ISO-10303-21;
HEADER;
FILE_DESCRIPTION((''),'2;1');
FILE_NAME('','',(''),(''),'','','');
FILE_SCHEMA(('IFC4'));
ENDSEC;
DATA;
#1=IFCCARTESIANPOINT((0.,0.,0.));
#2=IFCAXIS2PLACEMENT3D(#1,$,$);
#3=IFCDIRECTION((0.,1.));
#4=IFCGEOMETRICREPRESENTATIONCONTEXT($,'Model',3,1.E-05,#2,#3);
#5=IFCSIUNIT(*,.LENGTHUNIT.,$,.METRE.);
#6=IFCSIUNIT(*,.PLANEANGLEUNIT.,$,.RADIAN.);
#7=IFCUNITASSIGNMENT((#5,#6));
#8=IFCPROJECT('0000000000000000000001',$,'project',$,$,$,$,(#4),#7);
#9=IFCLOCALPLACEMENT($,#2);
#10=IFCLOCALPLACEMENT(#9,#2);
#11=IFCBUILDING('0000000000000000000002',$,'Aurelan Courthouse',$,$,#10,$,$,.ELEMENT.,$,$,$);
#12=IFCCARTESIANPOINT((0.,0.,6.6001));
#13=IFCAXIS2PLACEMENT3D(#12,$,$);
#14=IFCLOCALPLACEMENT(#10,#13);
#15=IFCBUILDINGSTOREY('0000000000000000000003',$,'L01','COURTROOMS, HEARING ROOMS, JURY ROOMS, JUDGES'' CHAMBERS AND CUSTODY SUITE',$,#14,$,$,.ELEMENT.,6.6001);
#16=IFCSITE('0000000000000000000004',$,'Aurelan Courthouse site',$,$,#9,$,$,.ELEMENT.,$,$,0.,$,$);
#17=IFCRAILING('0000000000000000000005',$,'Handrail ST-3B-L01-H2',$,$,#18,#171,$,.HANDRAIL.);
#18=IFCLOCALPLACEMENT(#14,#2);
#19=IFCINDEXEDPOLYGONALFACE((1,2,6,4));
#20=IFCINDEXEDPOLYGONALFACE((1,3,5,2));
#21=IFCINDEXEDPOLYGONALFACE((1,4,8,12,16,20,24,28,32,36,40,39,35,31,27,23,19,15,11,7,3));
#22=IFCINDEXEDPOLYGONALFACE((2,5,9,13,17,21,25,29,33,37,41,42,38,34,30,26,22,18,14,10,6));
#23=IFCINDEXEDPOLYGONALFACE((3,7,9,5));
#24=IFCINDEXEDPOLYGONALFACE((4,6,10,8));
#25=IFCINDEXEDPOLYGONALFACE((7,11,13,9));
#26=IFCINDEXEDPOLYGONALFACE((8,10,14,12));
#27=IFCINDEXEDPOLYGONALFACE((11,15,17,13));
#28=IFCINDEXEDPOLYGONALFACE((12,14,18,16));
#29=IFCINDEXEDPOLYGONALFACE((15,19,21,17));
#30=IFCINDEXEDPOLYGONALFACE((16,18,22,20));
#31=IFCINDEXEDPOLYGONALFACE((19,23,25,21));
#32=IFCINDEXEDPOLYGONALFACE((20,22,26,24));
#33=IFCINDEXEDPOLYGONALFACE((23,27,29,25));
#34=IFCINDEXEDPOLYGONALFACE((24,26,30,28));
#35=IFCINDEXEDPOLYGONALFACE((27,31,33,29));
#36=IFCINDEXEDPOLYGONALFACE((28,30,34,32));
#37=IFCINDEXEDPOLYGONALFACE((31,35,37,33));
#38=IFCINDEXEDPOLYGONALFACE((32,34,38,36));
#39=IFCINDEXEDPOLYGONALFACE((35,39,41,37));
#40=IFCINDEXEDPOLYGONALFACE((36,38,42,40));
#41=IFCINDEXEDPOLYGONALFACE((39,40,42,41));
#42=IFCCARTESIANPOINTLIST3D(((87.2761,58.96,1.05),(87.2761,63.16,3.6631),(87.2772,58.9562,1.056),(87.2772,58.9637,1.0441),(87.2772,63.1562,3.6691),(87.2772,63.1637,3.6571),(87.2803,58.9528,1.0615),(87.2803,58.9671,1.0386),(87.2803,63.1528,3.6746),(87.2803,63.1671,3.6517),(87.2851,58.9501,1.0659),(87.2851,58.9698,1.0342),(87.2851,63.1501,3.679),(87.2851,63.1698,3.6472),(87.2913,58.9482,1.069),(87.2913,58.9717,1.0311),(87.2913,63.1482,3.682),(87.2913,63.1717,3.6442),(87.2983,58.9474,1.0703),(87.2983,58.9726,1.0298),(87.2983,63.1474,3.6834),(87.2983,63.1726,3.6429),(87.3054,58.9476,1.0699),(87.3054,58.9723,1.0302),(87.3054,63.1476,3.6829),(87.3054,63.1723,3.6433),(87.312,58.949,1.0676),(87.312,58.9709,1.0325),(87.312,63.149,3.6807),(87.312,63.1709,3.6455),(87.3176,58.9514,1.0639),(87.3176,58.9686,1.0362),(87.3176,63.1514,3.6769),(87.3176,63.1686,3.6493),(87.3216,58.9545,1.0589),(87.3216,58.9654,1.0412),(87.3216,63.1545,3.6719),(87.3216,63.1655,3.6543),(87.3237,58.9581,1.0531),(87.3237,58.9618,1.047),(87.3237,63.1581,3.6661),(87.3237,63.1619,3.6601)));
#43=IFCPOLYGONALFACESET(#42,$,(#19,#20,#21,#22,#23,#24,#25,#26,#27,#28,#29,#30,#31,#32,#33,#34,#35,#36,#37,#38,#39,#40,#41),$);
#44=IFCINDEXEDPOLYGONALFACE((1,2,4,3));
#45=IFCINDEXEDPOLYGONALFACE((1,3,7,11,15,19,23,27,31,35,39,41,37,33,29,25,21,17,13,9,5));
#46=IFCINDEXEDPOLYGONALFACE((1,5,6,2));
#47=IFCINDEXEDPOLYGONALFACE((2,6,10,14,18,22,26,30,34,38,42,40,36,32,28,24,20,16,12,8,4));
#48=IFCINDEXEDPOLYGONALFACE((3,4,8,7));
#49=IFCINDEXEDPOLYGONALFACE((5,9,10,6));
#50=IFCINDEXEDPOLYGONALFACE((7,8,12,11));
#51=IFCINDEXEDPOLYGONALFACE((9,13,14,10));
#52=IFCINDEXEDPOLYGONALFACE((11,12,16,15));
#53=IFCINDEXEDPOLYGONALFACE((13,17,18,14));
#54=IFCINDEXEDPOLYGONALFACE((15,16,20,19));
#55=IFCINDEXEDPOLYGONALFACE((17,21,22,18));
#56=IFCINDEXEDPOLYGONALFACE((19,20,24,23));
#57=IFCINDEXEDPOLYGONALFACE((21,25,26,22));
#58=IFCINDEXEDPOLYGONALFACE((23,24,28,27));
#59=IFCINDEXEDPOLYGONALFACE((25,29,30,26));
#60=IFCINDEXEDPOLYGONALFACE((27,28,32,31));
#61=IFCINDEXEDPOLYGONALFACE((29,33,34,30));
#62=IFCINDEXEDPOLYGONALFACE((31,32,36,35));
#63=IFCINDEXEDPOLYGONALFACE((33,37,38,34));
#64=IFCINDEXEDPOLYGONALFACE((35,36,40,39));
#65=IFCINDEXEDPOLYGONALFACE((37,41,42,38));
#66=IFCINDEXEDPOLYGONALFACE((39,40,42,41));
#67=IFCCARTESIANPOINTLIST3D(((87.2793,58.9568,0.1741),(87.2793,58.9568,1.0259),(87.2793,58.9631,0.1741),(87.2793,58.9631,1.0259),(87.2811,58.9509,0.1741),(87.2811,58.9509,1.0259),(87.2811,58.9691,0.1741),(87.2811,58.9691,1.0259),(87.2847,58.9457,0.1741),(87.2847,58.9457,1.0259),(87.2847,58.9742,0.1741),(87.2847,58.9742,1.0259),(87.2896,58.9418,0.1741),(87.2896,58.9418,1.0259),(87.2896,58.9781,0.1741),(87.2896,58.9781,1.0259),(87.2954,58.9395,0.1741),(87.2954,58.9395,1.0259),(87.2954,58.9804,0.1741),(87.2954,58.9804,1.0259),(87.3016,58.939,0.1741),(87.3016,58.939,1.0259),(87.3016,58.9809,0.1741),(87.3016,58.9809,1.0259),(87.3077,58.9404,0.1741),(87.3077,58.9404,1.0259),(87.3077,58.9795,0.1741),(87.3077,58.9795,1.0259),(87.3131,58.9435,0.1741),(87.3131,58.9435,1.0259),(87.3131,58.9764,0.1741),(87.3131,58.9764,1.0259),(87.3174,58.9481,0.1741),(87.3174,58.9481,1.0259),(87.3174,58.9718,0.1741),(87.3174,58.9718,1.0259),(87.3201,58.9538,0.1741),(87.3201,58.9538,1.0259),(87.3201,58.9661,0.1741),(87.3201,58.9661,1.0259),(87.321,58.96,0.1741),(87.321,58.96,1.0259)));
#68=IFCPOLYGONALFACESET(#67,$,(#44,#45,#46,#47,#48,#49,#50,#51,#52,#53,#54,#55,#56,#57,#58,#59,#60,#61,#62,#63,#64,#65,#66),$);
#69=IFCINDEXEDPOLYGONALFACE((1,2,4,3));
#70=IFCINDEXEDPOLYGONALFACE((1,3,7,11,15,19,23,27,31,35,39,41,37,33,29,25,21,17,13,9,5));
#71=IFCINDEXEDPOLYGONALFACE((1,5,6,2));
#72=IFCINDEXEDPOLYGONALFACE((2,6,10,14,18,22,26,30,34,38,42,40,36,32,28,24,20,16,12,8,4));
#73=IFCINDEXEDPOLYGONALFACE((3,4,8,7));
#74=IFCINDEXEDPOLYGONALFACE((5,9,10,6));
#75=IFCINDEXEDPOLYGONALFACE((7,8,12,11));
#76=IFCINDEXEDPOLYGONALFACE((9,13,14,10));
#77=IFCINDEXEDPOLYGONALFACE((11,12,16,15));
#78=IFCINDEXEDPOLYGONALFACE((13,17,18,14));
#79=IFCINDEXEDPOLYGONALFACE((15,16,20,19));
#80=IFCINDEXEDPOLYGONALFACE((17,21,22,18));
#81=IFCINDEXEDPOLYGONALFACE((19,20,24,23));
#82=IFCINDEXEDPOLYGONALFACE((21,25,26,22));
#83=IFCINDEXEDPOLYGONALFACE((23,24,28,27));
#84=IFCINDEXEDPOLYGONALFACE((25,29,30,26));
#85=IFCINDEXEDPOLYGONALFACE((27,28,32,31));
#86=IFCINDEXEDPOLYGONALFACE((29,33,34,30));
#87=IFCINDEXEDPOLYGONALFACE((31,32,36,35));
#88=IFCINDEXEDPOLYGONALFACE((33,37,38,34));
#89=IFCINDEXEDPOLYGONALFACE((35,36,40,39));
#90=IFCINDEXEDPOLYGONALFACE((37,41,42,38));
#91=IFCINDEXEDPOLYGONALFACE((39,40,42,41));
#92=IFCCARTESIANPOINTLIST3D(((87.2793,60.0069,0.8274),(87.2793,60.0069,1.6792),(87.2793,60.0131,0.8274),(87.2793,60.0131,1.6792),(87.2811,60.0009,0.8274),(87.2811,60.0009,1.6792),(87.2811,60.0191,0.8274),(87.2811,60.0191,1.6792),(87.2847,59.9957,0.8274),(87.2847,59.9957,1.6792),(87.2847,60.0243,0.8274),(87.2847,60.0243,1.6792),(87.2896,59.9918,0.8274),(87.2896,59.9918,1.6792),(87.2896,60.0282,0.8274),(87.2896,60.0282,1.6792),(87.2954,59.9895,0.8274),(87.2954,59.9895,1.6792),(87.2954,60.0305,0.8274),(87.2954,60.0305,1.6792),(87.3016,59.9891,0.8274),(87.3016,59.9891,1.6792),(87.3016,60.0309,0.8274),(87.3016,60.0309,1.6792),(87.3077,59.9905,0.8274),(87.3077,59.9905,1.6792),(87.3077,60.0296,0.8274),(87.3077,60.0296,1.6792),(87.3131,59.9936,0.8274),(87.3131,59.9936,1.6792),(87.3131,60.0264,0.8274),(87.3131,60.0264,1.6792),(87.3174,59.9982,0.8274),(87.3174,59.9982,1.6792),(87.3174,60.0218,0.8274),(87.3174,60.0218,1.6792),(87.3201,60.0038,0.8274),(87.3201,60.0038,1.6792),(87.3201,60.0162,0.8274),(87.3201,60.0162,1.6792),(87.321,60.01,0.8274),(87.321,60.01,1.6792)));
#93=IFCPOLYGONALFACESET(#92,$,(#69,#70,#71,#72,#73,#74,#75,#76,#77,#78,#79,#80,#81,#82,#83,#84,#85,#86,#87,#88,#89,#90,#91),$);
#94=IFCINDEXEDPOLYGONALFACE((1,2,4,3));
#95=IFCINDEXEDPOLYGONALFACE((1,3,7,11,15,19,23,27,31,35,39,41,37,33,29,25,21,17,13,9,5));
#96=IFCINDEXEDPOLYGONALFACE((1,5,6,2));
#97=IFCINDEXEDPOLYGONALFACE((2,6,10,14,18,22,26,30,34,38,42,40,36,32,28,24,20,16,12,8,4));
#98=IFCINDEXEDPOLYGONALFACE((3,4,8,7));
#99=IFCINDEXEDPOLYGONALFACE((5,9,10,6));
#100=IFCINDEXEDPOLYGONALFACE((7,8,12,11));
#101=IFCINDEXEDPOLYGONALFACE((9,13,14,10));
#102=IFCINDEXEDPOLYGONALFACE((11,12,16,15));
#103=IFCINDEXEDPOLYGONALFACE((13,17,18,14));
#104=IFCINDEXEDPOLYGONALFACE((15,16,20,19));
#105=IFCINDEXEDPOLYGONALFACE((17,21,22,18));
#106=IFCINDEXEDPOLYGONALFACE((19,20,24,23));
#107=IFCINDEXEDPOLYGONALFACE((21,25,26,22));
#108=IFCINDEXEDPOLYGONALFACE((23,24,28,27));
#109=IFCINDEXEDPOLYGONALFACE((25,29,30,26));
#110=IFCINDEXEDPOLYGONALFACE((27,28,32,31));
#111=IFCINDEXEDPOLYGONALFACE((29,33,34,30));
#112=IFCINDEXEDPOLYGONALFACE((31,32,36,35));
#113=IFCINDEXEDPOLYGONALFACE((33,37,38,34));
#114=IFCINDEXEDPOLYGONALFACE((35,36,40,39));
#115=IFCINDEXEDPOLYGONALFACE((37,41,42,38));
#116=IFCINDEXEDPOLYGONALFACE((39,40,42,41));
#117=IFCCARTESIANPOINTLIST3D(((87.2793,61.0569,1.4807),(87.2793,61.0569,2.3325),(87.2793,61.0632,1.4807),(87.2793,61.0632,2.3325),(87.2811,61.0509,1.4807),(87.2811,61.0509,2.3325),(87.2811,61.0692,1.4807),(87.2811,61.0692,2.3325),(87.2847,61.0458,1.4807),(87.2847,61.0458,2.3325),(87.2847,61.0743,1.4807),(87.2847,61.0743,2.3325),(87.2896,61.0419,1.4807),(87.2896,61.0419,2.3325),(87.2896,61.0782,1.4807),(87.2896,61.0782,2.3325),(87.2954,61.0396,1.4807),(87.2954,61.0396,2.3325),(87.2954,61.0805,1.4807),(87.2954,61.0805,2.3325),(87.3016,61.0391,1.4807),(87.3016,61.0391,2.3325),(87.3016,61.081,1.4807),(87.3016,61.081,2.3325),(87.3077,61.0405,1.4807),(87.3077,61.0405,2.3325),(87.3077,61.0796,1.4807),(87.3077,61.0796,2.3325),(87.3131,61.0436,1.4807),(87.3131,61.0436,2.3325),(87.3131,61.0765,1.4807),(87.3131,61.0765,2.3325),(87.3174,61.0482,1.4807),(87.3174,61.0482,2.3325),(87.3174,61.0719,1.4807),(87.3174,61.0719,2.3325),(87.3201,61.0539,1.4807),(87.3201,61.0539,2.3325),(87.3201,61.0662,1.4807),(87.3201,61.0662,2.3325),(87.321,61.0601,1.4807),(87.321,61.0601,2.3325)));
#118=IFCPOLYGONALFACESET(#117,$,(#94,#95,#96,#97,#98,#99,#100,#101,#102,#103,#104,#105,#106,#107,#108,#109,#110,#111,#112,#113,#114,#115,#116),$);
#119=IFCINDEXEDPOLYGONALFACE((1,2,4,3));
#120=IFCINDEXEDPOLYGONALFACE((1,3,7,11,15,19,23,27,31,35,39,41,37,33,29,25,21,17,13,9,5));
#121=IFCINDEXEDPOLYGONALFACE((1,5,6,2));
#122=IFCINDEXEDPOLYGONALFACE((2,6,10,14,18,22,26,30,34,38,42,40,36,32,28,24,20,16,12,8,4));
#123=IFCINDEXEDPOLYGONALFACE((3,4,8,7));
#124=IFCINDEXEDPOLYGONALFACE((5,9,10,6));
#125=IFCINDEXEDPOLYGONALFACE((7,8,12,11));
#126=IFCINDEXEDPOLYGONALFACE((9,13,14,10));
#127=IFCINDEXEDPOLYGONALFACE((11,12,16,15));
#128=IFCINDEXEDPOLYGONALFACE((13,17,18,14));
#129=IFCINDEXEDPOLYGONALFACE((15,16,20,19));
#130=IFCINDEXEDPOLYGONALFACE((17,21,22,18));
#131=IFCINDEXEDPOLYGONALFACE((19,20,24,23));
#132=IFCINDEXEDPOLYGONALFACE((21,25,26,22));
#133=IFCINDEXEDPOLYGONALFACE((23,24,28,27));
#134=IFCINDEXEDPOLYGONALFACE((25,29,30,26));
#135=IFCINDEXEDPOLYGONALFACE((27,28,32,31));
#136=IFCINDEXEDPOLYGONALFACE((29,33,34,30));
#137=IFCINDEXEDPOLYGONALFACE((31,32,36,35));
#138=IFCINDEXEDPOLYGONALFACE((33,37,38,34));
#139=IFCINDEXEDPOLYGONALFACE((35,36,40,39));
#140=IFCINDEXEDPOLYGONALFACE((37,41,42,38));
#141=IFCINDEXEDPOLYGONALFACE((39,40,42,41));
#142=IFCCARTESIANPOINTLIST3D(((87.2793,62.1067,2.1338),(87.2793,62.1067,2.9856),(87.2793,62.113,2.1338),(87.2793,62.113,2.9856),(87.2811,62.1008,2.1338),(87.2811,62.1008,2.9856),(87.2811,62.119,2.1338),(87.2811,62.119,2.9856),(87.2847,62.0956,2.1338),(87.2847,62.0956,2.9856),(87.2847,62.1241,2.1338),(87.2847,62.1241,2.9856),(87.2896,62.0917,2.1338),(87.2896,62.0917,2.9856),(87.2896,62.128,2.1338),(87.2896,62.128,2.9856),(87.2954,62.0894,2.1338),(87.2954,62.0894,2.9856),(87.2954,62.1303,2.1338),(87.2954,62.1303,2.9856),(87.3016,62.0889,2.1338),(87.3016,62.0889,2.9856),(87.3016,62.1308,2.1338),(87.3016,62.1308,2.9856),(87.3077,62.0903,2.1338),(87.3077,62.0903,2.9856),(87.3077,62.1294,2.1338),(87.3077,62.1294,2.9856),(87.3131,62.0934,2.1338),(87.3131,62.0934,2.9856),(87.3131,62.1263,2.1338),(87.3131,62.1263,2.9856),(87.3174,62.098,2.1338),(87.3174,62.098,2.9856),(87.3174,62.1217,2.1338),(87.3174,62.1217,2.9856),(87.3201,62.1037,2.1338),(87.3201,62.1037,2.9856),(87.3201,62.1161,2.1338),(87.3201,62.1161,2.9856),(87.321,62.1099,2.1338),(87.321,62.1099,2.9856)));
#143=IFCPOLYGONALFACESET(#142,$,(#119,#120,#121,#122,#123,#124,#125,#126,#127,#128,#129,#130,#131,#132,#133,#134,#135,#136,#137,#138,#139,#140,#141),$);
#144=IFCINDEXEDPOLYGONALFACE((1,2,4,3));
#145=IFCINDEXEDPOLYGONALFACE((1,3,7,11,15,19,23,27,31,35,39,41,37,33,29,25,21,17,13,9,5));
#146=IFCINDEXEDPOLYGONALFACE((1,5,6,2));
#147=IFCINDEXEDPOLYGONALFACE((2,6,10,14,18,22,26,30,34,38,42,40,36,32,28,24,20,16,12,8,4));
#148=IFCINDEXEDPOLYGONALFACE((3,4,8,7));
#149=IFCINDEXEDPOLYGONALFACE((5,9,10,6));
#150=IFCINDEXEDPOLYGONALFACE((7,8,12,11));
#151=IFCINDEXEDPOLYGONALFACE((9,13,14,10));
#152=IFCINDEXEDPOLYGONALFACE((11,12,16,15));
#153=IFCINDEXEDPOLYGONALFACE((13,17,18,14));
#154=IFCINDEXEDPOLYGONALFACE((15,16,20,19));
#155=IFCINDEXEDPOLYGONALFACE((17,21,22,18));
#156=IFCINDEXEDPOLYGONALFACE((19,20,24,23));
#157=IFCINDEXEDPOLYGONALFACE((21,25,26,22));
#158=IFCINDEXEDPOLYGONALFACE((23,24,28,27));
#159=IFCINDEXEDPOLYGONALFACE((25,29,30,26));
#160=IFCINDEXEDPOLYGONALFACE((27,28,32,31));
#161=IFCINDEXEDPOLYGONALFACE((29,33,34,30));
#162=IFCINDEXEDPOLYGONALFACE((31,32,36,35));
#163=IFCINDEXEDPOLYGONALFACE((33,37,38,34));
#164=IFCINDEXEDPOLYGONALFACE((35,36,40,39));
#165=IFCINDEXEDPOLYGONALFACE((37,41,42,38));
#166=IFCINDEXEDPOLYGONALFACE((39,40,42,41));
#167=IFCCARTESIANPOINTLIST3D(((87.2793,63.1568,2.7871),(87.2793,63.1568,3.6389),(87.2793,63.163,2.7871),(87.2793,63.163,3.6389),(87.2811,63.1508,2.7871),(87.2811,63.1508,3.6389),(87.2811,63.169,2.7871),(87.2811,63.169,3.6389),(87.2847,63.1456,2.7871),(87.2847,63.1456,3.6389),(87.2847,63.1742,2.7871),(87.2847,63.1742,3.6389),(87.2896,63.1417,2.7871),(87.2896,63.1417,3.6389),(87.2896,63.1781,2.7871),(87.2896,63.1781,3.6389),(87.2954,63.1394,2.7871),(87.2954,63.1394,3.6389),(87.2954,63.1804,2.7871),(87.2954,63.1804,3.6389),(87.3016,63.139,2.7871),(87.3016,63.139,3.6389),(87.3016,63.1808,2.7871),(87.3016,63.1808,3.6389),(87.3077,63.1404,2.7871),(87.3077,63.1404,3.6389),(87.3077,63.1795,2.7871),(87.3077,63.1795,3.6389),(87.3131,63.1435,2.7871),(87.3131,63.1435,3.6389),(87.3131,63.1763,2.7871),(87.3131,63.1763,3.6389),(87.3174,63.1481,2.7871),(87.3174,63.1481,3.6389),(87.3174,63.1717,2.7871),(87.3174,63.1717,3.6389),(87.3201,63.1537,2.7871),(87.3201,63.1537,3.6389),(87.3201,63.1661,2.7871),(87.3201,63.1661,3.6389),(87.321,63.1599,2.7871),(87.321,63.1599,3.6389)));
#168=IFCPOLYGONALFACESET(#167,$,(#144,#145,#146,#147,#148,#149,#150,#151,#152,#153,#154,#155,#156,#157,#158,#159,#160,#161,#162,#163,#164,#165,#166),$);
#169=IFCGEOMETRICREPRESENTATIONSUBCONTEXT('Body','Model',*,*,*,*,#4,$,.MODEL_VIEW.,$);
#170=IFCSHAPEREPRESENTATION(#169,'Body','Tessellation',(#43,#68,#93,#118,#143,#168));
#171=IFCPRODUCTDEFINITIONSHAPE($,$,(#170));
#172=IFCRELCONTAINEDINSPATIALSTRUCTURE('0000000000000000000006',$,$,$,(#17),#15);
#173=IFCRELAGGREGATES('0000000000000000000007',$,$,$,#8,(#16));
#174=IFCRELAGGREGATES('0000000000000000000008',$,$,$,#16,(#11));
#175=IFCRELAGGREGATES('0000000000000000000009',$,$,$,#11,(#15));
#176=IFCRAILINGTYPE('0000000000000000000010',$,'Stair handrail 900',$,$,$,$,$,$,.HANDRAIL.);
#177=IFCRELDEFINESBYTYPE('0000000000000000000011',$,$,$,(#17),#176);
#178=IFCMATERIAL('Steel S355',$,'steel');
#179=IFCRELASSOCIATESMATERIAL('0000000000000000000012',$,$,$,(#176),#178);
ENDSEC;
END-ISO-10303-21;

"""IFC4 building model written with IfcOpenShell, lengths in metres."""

from ifc_helpers import new_model, si_unit, direction, frame, origin, origin_2d, place, context, subcontext, project, spatial, circle, extrude, material, type_object, element, save


model = new_model("IFC4")

# Units and contexts
model_context = context("Model", 3, precision=1e-05, world=origin(), true_north=direction((0.0, 1.0)))
body_context = subcontext(model_context, "Body", "Model", "MODEL_VIEW")
ifc_project = project(units=[si_unit("LENGTHUNIT", "METRE"), si_unit("PLANEANGLEUNIT", "RADIAN")], contexts=[model_context])

# Site, building, storey
site_placement = place(None, origin())
site = spatial("IfcSite", under=ifc_project, at=site_placement, Name="Aurelan Courthouse site", CompositionType="ELEMENT", RefElevation=0.0)
building_placement = place(site_placement, origin())
building = spatial("IfcBuilding", under=site, at=building_placement, Name="Aurelan Courthouse", CompositionType="ELEMENT")
storey_placement = place(building_placement, frame((0.0, 0.0, 6.6001)))
storey = spatial("IfcBuildingStorey", under=building, at=storey_placement, Name="L01", Description="COURTROOMS, HEARING ROOMS, JURY ROOMS, JUDGES' CHAMBERS AND CUSTODY SUITE", CompositionType="ELEMENT", Elevation=6.6001)

# Railing
ifc_material_1 = material(Name="Steel S355", Category="steel")
railing_type_1 = type_object("IfcRailingType", Name="Stair handrail 900", PredefinedType="HANDRAIL", material=ifc_material_1)
for number, where, name in (
    (1, (87.3, 58.96, 0.1741), "Handrail ST-3B-L01-H2"),
):
    element("IfcRailing", number, at=place(storey_placement, frame(where)), inside=storey, type_object=railing_type_1, Name=name, PredefinedType="HANDRAIL", context=body_context, shape_type="SweptSolid", body=[
        extrude(circle(Radius=0.0239, at=origin_2d()), frame((0.0, 0.0, 0.876), z_axis=(0.0, 0.849081, 0.528263), x_axis=(-1.0, 0.0, 0.0)), (0.0, 0.0, 1.0), 4.9465),
        extrude(circle(Radius=0.021, at=origin_2d()), origin(), (0.0, 0.0, 1.0), 0.8518),
        extrude(circle(Radius=0.021, at=origin_2d()), frame((0.0, 1.05, 0.6533)), (0.0, 0.0, 1.0), 0.8518),
        extrude(circle(Radius=0.021, at=origin_2d()), frame((0.0, 2.1001, 1.3066)), (0.0, 0.0, 1.0), 0.8518),
        extrude(circle(Radius=0.021, at=origin_2d()), frame((0.0, 3.1499, 1.9597)), (0.0, 0.0, 1.0), 0.8518),
        extrude(circle(Radius=0.021, at=origin_2d()), frame((0.0, 4.2, 2.613)), (0.0, 0.0, 1.0), 0.8518),
    ])

save(model, "model.ifc")
